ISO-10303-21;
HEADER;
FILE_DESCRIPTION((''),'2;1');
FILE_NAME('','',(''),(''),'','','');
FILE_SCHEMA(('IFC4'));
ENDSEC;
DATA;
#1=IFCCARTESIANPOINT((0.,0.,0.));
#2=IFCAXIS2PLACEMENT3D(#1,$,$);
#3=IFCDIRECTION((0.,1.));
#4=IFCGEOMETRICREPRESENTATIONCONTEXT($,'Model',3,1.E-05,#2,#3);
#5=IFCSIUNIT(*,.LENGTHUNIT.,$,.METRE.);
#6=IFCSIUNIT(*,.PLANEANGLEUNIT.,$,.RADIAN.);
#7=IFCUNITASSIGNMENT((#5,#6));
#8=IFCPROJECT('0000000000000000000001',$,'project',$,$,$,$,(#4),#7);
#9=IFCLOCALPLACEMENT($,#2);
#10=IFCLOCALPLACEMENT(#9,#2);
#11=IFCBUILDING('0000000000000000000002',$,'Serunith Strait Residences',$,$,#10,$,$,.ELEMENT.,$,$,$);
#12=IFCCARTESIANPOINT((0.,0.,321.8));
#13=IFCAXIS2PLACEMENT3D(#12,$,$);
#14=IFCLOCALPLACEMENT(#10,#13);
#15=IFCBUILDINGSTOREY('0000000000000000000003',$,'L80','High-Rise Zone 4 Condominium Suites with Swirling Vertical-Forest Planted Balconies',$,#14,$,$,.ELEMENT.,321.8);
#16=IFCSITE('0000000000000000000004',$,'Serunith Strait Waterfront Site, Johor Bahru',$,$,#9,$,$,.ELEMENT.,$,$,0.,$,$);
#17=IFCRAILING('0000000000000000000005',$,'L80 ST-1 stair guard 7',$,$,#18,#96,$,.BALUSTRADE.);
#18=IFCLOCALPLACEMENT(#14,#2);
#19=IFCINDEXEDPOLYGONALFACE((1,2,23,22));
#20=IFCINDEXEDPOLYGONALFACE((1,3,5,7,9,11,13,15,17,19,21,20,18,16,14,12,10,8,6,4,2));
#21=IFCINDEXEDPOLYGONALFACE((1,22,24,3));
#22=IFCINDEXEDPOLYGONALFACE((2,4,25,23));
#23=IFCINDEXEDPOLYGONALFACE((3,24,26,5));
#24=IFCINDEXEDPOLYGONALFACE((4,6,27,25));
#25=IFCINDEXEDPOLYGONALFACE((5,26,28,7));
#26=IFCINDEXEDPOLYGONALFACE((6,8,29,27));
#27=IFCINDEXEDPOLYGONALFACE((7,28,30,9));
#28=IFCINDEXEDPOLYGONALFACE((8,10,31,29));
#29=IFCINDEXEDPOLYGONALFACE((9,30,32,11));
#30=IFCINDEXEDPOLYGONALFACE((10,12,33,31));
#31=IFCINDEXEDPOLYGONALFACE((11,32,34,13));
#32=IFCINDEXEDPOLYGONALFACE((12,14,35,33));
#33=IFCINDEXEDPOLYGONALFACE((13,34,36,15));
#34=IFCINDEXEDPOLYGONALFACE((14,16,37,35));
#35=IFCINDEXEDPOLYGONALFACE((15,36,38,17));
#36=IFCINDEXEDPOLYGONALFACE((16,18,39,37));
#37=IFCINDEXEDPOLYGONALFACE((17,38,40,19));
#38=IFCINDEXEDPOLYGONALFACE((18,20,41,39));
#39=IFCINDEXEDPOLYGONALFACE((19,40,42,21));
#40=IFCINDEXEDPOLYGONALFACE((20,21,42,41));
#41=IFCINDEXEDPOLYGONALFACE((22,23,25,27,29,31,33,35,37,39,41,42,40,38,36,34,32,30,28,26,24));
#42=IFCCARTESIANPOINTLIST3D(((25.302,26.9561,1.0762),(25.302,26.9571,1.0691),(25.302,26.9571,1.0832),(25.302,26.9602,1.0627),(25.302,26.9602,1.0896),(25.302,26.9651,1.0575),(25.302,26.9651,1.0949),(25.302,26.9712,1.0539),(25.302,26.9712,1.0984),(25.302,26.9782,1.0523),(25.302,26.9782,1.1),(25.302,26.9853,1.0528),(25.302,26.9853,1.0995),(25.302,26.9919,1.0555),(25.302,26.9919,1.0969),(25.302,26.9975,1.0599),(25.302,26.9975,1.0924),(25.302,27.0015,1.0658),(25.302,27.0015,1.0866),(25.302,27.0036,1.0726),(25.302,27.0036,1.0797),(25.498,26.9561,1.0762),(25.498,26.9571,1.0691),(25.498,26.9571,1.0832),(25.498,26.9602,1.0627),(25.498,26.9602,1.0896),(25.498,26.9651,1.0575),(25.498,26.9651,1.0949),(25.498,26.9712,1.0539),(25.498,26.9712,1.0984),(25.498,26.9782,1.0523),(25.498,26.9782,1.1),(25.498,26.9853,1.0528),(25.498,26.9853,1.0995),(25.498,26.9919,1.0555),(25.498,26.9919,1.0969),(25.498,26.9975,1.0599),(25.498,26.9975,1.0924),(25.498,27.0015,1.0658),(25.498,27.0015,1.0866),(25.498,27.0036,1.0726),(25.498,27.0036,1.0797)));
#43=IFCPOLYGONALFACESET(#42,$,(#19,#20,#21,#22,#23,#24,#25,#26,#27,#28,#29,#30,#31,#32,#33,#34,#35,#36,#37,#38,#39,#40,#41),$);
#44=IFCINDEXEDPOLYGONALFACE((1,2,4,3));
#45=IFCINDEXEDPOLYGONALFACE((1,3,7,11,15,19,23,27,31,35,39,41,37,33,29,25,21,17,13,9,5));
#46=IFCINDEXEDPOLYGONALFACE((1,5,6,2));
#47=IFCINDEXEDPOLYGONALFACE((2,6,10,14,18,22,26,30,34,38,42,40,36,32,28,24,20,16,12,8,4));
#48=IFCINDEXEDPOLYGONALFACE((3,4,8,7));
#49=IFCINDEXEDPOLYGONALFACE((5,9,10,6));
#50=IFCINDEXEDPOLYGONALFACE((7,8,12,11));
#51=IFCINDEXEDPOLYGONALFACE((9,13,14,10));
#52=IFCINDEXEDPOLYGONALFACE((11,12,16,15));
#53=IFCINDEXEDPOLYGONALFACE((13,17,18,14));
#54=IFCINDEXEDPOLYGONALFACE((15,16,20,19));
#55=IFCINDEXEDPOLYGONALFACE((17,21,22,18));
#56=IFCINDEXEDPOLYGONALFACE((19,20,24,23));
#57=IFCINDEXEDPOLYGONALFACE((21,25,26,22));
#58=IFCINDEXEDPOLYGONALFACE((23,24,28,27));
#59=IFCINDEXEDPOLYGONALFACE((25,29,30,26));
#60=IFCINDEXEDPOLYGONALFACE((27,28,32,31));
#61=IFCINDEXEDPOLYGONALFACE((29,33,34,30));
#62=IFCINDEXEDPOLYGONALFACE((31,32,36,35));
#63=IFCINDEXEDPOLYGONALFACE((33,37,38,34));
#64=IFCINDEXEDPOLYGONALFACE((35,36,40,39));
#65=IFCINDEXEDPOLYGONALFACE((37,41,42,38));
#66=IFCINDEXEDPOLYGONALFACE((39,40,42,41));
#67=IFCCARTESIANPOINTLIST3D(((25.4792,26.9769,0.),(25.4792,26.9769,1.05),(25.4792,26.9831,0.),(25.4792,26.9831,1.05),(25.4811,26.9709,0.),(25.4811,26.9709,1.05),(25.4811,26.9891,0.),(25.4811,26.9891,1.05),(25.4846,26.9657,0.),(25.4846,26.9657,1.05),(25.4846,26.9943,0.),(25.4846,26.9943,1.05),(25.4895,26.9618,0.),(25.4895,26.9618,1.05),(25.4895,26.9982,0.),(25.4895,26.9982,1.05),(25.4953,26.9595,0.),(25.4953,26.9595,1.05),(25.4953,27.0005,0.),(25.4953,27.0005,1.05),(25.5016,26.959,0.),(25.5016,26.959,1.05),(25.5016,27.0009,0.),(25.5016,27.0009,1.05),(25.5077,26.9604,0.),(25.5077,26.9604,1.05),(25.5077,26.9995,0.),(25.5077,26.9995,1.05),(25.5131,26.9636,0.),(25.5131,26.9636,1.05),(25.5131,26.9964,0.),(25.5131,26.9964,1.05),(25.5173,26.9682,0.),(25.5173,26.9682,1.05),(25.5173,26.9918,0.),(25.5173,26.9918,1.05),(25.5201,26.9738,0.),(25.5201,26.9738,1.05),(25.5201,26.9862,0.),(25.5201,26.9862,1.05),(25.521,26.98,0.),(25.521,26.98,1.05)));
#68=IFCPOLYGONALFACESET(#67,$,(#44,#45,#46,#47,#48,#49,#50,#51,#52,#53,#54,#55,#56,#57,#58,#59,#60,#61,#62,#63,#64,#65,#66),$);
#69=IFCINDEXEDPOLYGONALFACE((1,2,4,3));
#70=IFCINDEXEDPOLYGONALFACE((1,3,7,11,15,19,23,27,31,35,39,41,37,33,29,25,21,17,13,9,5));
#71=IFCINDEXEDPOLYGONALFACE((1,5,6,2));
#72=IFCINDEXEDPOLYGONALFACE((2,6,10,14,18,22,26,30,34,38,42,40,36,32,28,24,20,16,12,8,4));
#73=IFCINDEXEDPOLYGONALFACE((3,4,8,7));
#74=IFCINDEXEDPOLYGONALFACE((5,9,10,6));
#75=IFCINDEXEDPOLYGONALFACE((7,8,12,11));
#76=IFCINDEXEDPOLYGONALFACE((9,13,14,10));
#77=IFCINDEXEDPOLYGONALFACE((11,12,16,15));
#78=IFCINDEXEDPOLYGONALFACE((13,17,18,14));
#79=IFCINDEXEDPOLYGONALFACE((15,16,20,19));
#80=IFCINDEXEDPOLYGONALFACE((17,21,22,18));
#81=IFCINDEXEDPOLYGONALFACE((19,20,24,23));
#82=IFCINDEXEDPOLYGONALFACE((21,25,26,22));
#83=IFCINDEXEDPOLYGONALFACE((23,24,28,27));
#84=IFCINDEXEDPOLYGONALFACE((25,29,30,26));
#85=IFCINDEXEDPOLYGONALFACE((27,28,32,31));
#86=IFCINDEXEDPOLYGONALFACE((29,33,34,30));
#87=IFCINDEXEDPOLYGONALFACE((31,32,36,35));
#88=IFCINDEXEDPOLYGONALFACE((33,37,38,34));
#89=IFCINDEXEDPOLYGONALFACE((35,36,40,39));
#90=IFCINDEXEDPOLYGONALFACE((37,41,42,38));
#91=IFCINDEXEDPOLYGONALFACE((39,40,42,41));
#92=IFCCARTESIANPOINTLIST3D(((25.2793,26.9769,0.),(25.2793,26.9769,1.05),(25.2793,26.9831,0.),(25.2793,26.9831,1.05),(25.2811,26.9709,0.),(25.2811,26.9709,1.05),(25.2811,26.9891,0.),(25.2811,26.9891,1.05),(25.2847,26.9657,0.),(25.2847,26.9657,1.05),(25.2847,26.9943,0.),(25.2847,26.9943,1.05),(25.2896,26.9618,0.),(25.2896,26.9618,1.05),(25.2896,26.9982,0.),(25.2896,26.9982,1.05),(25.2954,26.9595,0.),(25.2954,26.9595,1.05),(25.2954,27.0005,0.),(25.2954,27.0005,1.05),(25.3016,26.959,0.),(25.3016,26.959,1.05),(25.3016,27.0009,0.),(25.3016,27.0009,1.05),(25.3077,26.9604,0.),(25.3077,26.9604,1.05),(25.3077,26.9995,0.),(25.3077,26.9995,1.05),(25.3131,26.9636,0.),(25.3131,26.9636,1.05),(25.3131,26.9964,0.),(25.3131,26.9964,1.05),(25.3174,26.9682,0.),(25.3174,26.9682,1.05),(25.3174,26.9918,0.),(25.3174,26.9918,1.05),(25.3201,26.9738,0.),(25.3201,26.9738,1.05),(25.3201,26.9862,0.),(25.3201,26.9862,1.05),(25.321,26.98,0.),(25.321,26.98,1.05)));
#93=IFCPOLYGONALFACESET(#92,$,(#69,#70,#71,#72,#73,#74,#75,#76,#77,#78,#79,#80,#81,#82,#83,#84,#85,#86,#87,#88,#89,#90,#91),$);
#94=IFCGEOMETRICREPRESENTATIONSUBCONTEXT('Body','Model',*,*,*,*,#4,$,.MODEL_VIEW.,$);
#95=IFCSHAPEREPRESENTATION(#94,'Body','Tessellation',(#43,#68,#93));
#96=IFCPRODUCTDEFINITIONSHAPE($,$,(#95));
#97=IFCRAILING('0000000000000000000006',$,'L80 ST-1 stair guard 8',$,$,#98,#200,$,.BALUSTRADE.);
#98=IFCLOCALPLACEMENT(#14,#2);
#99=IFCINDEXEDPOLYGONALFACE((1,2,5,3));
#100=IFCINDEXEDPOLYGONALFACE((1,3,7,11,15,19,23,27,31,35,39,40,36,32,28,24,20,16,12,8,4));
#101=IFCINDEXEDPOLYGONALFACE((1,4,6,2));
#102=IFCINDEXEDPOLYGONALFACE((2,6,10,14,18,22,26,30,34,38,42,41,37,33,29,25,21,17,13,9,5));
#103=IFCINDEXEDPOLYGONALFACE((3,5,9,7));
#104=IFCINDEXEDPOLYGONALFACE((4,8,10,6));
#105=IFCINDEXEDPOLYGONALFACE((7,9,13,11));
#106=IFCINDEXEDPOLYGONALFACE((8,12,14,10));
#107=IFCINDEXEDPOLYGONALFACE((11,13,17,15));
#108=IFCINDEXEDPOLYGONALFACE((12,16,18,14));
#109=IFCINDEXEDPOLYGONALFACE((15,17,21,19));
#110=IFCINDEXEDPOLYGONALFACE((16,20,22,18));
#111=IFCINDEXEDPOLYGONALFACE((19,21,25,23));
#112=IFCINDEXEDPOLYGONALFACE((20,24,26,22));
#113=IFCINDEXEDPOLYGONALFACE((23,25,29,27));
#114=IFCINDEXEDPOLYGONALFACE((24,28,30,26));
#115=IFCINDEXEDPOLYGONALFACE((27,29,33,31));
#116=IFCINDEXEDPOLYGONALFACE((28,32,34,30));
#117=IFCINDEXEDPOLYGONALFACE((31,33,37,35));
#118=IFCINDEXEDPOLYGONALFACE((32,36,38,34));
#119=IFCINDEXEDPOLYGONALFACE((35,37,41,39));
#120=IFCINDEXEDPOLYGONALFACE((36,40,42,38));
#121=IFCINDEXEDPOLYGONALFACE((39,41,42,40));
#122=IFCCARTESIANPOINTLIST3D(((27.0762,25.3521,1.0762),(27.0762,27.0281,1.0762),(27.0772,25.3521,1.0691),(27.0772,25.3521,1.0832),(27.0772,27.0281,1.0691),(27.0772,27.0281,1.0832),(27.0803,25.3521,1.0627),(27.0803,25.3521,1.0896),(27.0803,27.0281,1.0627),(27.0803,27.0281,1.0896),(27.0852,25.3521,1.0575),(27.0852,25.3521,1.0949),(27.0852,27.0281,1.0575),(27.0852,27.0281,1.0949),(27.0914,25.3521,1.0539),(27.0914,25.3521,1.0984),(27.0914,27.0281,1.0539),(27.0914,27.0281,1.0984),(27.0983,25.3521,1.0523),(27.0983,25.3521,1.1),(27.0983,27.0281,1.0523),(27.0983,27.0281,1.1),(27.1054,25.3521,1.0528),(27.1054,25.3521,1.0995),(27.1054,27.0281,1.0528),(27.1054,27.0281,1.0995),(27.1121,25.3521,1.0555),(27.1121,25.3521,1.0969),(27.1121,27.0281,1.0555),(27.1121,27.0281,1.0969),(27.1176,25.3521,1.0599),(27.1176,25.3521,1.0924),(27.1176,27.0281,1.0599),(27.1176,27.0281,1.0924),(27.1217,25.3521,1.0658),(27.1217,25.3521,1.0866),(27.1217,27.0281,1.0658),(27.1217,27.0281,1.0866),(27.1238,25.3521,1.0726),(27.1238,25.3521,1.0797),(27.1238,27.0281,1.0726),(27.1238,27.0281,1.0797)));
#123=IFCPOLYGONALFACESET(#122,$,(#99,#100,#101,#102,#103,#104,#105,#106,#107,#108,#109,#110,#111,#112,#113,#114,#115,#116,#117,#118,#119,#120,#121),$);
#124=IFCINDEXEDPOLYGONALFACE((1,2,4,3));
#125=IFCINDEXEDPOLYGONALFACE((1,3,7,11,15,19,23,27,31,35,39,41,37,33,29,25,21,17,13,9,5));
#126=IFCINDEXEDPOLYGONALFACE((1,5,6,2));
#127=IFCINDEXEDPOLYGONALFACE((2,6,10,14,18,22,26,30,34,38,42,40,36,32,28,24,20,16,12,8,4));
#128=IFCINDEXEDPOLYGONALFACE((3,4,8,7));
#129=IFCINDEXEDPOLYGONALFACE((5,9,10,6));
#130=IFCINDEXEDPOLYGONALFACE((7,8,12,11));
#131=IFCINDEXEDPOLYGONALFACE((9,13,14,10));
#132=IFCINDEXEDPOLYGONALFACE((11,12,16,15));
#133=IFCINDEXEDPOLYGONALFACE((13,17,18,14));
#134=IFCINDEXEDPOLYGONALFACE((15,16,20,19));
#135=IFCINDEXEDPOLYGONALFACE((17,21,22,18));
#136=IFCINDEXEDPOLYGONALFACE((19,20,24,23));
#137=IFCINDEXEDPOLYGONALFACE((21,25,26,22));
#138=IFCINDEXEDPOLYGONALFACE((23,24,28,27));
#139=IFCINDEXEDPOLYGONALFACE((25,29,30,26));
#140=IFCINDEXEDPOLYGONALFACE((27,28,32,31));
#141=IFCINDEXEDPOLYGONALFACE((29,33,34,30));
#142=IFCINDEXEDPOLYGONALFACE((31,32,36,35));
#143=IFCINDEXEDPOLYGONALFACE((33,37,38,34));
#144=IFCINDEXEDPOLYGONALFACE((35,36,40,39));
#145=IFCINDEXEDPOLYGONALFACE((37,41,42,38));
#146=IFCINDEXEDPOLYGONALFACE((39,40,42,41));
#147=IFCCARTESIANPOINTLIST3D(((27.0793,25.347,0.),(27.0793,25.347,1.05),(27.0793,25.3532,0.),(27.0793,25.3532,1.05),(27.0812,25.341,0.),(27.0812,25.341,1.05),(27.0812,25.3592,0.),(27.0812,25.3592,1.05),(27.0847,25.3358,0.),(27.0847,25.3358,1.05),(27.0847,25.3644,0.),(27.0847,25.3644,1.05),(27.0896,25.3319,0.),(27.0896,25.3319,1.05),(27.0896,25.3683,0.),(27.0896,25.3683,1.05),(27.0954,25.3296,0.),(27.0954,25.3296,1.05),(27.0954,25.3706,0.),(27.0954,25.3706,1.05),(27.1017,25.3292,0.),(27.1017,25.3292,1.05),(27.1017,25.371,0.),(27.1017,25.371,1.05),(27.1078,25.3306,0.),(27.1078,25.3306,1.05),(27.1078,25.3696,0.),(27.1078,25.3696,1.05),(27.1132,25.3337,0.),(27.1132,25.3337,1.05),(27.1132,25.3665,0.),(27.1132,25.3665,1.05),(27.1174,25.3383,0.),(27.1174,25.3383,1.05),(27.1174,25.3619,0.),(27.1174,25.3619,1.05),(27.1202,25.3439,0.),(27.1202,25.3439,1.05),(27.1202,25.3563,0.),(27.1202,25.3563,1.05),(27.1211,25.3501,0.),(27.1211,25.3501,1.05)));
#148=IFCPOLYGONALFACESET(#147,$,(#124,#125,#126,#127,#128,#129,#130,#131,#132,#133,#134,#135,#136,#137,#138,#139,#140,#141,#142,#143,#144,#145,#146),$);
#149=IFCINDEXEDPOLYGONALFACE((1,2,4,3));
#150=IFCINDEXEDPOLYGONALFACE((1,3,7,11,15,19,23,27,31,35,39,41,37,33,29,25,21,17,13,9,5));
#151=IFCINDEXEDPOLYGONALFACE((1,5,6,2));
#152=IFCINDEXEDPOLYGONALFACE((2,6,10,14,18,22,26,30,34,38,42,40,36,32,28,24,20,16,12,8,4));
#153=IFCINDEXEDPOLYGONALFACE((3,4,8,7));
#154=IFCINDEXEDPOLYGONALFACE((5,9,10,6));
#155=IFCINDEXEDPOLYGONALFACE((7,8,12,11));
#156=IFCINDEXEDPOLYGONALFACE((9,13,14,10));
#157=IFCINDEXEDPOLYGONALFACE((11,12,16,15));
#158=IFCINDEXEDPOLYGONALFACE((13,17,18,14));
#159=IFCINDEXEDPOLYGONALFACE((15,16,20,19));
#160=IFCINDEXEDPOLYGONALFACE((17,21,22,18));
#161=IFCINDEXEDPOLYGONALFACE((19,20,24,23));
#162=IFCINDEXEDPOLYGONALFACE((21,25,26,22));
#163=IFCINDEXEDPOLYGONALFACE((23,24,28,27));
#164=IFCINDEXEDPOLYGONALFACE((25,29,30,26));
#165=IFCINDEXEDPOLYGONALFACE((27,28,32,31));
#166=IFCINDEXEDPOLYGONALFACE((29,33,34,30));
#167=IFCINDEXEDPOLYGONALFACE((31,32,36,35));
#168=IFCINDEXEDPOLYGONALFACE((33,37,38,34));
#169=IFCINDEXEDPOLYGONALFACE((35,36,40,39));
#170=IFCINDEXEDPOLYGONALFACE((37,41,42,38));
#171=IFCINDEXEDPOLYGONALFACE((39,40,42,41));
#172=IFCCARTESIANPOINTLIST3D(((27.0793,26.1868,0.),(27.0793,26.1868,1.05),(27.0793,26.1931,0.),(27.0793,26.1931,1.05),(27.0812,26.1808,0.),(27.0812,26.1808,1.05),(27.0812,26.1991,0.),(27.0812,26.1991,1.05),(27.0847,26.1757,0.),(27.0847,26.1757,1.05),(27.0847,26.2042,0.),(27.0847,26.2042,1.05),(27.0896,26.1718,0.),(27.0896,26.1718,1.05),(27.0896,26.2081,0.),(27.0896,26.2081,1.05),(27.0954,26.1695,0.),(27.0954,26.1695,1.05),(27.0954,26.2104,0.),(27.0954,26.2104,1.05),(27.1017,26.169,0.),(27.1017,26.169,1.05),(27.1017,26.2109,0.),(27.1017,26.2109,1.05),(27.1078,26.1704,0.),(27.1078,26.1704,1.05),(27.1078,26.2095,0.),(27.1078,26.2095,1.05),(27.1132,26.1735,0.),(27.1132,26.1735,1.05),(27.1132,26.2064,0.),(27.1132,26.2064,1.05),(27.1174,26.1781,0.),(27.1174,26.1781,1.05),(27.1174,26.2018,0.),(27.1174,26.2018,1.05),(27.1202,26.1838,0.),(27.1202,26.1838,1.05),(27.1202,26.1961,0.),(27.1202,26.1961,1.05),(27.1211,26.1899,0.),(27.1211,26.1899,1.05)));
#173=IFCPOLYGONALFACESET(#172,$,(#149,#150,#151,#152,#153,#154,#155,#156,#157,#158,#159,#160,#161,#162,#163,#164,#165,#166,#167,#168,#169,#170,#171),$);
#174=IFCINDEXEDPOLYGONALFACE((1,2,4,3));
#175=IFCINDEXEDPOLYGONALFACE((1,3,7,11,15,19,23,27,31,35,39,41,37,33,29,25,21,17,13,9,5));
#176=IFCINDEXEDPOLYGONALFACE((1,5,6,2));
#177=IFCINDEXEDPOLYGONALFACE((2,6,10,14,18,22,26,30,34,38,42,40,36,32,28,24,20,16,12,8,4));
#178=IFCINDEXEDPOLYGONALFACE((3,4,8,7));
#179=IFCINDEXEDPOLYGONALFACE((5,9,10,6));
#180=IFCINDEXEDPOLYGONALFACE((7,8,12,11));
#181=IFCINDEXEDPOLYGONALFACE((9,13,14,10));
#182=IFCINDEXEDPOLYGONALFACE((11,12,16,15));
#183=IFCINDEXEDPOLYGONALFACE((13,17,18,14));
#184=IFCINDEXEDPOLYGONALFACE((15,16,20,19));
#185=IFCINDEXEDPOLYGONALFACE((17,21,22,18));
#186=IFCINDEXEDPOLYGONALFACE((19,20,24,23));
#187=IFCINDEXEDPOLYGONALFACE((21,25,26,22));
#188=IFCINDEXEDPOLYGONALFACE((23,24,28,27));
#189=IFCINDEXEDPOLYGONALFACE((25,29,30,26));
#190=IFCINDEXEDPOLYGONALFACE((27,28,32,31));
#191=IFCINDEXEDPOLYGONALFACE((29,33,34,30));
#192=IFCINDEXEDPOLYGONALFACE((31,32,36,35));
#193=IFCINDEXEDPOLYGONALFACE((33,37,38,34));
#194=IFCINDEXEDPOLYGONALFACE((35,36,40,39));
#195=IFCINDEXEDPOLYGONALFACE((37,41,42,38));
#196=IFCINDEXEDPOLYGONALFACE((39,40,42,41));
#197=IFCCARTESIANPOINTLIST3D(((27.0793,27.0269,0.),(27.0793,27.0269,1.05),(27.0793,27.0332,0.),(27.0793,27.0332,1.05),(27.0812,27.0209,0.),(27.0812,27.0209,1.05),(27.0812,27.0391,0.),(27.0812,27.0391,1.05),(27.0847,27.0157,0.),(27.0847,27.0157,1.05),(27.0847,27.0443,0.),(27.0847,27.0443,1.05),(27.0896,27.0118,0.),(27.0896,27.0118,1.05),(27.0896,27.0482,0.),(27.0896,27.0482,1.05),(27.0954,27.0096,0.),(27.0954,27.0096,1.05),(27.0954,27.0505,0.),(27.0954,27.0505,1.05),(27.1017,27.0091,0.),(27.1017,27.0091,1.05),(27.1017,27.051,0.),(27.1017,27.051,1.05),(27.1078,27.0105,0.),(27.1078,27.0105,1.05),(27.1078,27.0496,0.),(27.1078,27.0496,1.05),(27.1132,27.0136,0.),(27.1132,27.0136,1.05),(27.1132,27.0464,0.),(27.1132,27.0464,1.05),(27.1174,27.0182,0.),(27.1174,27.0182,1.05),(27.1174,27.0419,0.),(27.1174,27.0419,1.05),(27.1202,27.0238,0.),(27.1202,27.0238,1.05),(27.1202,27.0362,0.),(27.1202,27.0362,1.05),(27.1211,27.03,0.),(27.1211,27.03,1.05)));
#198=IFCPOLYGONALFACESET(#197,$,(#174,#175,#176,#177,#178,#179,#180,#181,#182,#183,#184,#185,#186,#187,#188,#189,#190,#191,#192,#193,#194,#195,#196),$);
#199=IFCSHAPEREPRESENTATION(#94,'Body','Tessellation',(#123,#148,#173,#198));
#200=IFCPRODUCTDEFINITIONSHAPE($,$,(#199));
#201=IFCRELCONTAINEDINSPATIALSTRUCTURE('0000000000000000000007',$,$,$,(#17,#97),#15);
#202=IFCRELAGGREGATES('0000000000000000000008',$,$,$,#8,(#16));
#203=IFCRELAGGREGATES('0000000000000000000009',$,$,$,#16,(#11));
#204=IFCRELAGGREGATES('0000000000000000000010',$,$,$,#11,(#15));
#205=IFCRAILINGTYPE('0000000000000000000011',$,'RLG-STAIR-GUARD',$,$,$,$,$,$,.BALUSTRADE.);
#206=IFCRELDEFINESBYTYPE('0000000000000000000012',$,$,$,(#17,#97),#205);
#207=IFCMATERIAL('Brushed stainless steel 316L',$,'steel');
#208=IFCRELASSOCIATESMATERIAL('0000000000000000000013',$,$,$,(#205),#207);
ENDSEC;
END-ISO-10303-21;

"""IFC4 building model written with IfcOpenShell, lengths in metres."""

from ifc_helpers import new_model, si_unit, direction, frame, origin, origin_2d, place, context, subcontext, project, spatial, circle, extrude, material, type_object, element, save


model = new_model("IFC4")

# Units and contexts
model_context = context("Model", 3, precision=1e-05, world=origin(), true_north=direction((0.0, 1.0)))
body_context = subcontext(model_context, "Body", "Model", "MODEL_VIEW")
ifc_project = project(units=[si_unit("LENGTHUNIT", "METRE"), si_unit("PLANEANGLEUNIT", "RADIAN")], contexts=[model_context])

# Site, building, storey
site_placement = place(None, origin())
site = spatial("IfcSite", under=ifc_project, at=site_placement, Name="Serunith Strait Waterfront Site, Johor Bahru", CompositionType="ELEMENT", RefElevation=0.0)
building_placement = place(site_placement, origin())
building = spatial("IfcBuilding", under=site, at=building_placement, Name="Serunith Strait Residences", CompositionType="ELEMENT")
storey_placement = place(building_placement, frame((0.0, 0.0, 321.8)))
storey = spatial("IfcBuildingStorey", under=building, at=storey_placement, Name="L80", Description="High-Rise Zone 4 Condominium Suites with Swirling Vertical-Forest Planted Balconies", CompositionType="ELEMENT", Elevation=321.8)

# Railings
ifc_material_1 = material(Name="Brushed stainless steel 316L", Category="steel")
railing_type_1 = type_object("IfcRailingType", Name="RLG-STAIR-GUARD", PredefinedType="BALUSTRADE", material=ifc_material_1)
railing_1_placement = place(storey_placement, frame((25.5, 26.98, 0.0)))
element("IfcRailing", 1, at=railing_1_placement, inside=storey, type_object=railing_type_1, Name="L80 ST-1 stair guard 7", PredefinedType="BALUSTRADE", context=body_context, shape_type="SweptSolid", body=[
    extrude(circle(Radius=0.0239, at=origin_2d()), frame((-0.002, 0.0, 1.0762), z_axis=(-1.0, 0.0, 0.0), x_axis=(0.0, -1.0, 0.0)), (0.0, 0.0, 1.0), 0.196),
    extrude(circle(Radius=0.021, at=origin_2d()), origin(), (0.0, 0.0, 1.0), 1.05),
    extrude(circle(Radius=0.021, at=origin_2d()), frame((-0.2, 0.0, 0.0)), (0.0, 0.0, 1.0), 1.05),
])
for number, where, name in (
    (2, (27.1001, 25.3501, 0.0), "L80 ST-1 stair guard 8"),
):
    element("IfcRailing", number, at=place(storey_placement, frame(where)), inside=storey, type_object=railing_type_1, Name=name, PredefinedType="BALUSTRADE", context=body_context, shape_type="SweptSolid", body=[
        extrude(circle(Radius=0.0239, at=origin_2d()), frame((0.0, 0.002, 1.0762), z_axis=(0.0, 1.0, 0.0), x_axis=(-1.0, 0.0, 0.0)), (0.0, 0.0, 1.0), 1.676),
        extrude(circle(Radius=0.021, at=origin_2d()), origin(), (0.0, 0.0, 1.0), 1.05),
        extrude(circle(Radius=0.021, at=origin_2d()), frame((0.0, 0.8398, 0.0)), (0.0, 0.0, 1.0), 1.05),
        extrude(circle(Radius=0.021, at=origin_2d()), frame((0.0, 1.6799, 0.0)), (0.0, 0.0, 1.0), 1.05),
    ])

save(model, "model.ifc")
